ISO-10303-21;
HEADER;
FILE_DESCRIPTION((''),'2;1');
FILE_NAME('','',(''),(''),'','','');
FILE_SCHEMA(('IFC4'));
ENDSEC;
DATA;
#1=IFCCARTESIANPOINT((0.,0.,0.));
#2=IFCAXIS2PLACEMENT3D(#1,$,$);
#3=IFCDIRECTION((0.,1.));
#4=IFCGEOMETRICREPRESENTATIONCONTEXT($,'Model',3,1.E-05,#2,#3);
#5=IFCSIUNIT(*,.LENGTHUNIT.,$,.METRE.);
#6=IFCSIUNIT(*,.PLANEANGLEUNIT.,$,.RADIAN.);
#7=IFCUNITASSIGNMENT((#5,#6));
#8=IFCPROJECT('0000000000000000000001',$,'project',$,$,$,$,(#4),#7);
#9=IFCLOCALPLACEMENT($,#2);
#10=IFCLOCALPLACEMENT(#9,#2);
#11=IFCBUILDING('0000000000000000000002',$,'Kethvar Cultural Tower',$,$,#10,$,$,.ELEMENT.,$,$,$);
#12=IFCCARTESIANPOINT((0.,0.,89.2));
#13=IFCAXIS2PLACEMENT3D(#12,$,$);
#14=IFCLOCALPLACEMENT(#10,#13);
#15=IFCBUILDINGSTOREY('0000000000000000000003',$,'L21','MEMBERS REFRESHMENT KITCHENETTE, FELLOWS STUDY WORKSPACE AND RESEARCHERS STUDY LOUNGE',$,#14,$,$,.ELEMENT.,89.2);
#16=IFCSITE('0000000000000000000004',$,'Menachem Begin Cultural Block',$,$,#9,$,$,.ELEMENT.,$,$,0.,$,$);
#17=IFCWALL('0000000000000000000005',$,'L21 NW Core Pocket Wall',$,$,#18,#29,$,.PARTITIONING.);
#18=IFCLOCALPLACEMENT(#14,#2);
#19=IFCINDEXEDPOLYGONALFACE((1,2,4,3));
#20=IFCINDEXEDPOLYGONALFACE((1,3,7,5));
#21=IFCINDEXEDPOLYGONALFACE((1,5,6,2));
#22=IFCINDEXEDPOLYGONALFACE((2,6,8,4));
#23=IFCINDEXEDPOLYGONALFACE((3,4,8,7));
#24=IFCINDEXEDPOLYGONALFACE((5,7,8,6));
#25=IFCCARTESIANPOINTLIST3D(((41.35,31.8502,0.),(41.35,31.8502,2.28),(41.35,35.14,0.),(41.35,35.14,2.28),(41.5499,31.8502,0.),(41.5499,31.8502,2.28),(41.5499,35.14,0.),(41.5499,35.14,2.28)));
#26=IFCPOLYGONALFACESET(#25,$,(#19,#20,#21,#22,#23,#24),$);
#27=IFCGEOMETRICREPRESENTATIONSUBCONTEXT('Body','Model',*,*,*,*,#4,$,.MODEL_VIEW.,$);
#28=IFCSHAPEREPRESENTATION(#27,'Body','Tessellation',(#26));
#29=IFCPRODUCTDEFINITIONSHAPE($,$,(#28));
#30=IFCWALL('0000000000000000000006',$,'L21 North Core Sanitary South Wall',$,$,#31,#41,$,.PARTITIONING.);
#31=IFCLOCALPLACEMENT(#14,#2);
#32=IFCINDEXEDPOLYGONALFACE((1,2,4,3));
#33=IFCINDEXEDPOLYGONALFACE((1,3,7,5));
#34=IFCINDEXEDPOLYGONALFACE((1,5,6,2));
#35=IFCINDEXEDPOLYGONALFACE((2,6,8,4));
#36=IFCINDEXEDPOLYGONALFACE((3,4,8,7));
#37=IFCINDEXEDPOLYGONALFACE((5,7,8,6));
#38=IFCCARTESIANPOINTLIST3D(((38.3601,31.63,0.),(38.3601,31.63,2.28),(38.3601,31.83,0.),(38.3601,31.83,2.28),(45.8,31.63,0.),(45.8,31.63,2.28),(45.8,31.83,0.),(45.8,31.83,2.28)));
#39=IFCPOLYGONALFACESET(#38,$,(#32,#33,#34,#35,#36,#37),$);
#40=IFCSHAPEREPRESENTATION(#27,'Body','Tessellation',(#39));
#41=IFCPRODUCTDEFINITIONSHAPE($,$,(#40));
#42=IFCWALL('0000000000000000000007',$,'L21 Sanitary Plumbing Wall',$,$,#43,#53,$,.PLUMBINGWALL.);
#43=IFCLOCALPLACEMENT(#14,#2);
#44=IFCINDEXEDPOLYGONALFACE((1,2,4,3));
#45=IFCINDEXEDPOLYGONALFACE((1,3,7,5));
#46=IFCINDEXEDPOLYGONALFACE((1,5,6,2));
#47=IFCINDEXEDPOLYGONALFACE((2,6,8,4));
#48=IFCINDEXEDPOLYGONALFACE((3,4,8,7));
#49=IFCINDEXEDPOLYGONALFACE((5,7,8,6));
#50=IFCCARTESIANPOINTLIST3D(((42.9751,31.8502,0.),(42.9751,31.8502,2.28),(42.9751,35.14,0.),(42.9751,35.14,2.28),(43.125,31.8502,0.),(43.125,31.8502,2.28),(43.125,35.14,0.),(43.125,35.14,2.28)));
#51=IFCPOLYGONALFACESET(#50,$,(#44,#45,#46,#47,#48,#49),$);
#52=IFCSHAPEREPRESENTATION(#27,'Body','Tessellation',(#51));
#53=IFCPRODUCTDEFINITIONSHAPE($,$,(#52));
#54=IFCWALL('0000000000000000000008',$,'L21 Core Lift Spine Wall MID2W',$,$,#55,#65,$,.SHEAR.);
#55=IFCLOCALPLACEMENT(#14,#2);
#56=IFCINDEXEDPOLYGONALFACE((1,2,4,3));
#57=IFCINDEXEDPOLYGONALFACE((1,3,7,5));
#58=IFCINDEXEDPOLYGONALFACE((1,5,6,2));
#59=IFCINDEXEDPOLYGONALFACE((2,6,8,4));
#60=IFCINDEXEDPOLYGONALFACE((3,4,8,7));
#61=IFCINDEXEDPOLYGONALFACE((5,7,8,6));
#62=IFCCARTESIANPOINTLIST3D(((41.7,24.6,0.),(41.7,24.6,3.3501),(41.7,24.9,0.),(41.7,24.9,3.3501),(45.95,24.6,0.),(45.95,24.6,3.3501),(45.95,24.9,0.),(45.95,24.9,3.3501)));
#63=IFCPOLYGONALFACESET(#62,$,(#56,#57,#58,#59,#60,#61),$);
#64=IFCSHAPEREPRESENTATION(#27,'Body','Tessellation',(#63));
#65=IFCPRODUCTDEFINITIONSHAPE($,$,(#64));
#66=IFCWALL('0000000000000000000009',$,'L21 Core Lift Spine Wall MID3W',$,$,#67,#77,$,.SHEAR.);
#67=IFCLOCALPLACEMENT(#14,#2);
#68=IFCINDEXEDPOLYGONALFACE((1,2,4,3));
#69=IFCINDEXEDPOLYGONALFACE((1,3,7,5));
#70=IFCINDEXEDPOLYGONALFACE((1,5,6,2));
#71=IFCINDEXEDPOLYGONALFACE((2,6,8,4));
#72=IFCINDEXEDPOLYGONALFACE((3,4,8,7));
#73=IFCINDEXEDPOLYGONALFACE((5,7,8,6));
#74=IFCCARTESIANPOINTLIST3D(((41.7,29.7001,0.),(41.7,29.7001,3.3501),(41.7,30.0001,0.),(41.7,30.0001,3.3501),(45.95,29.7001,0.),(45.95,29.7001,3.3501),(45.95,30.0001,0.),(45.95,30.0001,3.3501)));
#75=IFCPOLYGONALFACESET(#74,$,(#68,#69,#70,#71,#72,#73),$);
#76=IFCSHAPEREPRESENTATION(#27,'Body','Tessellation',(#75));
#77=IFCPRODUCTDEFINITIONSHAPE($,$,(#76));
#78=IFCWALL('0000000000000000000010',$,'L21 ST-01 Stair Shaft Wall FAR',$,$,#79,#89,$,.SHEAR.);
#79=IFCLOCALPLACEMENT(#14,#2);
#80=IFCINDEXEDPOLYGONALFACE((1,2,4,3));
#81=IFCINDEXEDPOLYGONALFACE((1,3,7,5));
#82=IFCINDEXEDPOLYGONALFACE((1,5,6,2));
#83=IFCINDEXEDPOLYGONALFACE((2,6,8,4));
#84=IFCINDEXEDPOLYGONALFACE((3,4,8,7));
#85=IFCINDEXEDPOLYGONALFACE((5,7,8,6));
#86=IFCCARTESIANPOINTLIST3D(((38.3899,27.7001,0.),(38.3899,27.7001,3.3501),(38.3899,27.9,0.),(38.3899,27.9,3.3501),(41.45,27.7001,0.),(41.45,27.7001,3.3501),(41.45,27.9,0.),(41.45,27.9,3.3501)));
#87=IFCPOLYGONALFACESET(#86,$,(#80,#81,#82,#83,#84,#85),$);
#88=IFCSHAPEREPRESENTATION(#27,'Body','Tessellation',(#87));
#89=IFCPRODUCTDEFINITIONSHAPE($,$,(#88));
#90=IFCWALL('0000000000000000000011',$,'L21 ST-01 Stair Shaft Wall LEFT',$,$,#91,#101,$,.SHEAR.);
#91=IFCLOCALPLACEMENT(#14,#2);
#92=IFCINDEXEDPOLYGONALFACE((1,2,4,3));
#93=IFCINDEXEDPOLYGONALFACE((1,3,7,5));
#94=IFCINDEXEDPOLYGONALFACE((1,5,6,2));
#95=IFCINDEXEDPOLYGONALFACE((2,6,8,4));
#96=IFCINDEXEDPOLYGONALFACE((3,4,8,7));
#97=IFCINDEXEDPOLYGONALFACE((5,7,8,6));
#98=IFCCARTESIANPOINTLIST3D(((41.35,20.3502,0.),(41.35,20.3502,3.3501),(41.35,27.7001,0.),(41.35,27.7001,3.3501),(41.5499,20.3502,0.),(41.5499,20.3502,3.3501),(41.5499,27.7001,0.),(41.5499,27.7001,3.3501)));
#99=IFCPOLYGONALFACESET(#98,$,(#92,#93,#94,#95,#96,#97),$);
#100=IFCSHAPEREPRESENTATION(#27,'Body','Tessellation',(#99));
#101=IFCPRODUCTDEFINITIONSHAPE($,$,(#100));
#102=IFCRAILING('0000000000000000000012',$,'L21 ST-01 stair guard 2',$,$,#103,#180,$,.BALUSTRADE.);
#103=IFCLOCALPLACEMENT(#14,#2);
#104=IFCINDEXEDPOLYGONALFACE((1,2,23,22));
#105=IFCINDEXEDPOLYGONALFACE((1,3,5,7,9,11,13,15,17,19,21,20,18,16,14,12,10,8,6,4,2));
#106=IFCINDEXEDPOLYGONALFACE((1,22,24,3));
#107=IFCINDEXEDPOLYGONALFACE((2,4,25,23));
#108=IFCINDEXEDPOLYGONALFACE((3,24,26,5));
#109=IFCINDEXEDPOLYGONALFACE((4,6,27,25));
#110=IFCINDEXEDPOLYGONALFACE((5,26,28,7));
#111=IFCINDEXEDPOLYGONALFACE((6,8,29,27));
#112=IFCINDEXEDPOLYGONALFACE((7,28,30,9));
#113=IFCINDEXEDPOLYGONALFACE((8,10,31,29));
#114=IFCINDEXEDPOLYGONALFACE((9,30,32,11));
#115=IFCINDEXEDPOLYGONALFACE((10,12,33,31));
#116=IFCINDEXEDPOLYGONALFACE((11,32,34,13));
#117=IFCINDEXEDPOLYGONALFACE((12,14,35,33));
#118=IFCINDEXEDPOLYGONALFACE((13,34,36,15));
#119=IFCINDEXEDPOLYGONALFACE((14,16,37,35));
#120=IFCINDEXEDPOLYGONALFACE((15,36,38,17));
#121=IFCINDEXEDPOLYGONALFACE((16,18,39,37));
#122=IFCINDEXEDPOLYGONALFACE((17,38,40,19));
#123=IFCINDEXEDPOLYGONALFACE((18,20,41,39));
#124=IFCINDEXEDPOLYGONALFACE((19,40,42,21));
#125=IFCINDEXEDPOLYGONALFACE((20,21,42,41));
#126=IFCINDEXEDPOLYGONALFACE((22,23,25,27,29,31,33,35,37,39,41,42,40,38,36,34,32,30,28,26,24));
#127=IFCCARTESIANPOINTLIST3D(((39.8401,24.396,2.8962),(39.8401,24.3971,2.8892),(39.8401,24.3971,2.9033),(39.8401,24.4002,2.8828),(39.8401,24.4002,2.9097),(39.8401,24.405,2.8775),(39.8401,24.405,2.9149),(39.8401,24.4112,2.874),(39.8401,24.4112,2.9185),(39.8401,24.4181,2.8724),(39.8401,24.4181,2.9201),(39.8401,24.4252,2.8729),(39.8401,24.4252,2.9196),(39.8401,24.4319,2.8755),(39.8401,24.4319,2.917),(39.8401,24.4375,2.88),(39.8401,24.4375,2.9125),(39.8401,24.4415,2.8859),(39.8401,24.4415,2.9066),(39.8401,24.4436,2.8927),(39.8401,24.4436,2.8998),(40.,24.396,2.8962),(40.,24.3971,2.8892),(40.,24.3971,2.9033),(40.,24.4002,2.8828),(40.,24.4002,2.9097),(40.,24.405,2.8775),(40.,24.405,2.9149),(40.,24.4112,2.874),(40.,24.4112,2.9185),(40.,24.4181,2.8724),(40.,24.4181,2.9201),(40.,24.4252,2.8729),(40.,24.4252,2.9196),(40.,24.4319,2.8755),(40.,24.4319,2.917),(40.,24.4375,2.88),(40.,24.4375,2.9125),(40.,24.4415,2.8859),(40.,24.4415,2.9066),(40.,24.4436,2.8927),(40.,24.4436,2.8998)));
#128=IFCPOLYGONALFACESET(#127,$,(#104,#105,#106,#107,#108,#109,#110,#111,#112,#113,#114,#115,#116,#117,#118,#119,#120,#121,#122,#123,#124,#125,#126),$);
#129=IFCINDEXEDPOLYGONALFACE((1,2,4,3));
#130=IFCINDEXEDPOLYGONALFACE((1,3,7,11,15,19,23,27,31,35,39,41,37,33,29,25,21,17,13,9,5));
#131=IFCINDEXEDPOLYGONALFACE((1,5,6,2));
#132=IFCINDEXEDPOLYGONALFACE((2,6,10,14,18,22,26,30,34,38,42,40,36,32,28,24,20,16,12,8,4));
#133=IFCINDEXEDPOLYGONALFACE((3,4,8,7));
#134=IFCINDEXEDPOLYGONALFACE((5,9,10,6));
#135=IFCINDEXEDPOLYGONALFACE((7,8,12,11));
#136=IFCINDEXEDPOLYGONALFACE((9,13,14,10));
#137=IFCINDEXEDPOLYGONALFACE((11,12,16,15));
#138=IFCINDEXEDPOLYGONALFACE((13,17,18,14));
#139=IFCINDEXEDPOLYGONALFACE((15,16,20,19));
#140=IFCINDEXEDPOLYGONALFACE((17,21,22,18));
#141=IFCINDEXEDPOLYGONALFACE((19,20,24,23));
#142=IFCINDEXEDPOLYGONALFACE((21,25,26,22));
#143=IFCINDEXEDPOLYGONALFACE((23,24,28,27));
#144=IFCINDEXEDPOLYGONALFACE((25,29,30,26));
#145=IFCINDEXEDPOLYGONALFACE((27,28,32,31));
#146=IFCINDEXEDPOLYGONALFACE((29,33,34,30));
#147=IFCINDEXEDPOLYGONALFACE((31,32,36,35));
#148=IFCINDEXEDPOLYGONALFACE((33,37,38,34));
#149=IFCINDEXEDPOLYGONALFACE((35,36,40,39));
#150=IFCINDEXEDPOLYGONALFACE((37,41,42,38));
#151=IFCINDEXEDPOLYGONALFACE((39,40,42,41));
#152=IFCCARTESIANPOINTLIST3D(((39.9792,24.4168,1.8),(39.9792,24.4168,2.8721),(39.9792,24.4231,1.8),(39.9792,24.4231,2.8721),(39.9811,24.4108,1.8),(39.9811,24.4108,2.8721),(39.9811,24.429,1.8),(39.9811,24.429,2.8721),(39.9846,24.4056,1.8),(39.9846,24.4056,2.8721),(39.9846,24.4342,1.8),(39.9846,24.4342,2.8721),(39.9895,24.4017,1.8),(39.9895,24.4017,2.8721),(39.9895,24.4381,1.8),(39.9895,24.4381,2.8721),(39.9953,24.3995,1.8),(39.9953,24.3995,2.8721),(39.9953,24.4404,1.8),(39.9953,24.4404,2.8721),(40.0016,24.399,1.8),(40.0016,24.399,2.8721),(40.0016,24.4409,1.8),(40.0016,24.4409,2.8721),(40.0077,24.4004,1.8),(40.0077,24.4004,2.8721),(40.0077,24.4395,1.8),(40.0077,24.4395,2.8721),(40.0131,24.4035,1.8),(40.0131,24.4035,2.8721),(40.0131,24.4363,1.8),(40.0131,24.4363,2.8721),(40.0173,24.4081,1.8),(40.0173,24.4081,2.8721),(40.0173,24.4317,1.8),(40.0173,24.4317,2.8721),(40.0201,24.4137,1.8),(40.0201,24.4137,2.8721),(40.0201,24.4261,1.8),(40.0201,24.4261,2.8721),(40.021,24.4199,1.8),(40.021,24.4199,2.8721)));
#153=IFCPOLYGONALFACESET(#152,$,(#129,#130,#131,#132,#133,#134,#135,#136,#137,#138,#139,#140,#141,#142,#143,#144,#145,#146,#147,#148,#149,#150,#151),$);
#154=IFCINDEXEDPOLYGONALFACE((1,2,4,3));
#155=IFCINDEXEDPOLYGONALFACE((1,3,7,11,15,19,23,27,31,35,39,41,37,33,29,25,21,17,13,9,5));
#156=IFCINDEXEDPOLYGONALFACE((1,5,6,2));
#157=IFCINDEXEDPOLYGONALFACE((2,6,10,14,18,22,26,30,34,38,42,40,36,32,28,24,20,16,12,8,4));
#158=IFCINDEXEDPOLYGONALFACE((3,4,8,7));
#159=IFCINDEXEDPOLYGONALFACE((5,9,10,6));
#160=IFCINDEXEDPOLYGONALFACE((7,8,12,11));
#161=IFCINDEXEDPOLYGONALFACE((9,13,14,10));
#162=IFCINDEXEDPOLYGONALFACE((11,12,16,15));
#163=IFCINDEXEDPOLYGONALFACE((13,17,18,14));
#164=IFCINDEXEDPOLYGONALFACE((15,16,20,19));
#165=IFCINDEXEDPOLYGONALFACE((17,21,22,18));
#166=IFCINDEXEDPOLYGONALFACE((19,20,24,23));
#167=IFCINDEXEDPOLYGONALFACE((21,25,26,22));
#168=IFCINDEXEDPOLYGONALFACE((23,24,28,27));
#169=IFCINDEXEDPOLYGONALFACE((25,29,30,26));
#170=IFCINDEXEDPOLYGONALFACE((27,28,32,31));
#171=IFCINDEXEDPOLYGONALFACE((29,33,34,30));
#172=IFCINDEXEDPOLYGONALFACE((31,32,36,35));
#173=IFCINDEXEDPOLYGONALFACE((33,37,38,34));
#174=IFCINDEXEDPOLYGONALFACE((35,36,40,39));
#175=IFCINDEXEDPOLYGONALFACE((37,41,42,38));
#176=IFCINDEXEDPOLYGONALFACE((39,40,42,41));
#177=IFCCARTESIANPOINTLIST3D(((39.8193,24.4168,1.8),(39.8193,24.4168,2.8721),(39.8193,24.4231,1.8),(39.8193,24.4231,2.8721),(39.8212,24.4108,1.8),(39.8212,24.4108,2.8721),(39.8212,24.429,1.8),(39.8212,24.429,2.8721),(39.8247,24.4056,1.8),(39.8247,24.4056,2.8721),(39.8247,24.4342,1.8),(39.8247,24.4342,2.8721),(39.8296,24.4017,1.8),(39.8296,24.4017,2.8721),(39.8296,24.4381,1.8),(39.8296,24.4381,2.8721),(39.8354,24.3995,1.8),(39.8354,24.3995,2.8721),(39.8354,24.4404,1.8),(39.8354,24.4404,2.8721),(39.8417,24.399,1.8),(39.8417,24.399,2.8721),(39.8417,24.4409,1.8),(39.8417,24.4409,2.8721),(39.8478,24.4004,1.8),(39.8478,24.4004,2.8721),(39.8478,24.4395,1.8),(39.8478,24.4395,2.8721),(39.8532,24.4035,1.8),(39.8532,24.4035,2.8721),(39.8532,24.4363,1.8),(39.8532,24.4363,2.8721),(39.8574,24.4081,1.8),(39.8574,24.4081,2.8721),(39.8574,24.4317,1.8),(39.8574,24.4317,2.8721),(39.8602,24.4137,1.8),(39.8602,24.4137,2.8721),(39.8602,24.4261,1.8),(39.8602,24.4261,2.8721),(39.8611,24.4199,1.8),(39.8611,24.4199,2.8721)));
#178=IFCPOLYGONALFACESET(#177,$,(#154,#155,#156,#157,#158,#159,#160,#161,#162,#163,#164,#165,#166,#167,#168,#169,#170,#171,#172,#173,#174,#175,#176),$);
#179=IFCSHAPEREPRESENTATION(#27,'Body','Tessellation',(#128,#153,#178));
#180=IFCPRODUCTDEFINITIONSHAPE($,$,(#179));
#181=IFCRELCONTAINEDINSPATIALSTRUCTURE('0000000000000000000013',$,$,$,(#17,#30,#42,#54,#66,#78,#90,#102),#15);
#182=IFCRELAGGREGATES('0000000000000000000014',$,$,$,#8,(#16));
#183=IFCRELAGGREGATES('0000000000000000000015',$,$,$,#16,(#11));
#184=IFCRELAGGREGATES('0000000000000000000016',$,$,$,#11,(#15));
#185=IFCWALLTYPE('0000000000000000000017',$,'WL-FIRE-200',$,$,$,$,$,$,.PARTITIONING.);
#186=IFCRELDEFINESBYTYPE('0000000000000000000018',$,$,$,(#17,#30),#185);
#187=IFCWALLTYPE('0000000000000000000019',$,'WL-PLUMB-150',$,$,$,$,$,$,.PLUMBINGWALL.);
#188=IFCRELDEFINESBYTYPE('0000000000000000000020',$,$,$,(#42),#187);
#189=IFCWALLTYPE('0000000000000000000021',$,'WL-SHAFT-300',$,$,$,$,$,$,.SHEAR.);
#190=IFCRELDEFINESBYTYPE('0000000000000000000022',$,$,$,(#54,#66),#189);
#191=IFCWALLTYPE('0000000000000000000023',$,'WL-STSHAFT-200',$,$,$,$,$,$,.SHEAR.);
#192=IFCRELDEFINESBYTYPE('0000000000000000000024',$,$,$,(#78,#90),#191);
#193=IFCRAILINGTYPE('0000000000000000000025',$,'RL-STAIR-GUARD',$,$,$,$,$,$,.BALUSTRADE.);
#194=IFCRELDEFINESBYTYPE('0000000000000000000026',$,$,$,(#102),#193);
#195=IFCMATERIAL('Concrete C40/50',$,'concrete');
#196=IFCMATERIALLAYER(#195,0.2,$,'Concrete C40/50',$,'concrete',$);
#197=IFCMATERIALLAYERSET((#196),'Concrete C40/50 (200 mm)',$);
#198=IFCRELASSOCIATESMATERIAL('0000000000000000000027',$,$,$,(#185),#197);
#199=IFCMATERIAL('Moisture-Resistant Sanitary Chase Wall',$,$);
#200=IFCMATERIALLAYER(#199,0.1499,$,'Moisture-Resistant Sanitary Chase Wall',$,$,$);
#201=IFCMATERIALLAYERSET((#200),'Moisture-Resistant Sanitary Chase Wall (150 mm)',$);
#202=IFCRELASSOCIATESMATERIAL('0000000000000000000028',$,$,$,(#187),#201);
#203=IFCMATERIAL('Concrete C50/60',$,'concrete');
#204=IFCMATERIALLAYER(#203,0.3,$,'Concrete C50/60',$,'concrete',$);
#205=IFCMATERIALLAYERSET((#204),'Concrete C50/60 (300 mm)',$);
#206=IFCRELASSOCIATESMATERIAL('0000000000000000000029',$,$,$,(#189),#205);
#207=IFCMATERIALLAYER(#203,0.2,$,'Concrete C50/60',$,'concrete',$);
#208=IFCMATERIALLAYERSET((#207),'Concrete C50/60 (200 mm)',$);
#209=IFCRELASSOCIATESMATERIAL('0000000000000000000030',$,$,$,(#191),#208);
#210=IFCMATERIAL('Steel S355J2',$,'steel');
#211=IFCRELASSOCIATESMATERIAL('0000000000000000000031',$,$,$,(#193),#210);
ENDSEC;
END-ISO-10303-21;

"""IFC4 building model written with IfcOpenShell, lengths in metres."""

from ifc_helpers import new_model, si_unit, direction, frame, frame_2d, origin, origin_2d, place, context, subcontext, project, spatial, rectangle, circle, extrude, material, layer, layer_set, type_object, element, save


model = new_model("IFC4")

# Units and contexts
model_context = context("Model", 3, precision=1e-05, world=origin(), true_north=direction((0.0, 1.0)))
body_context = subcontext(model_context, "Body", "Model", "MODEL_VIEW")
ifc_project = project(units=[si_unit("LENGTHUNIT", "METRE"), si_unit("PLANEANGLEUNIT", "RADIAN")], contexts=[model_context])

# Site, building, storey
site_placement = place(None, origin())
site = spatial("IfcSite", under=ifc_project, at=site_placement, Name="Menachem Begin Cultural Block", CompositionType="ELEMENT", RefElevation=0.0)
building_placement = place(site_placement, origin())
building = spatial("IfcBuilding", under=site, at=building_placement, Name="Kethvar Cultural Tower", CompositionType="ELEMENT")
storey_placement = place(building_placement, frame((0.0, 0.0, 89.2)))
storey = spatial("IfcBuildingStorey", under=building, at=storey_placement, Name="L21", Description="MEMBERS REFRESHMENT KITCHENETTE, FELLOWS STUDY WORKSPACE AND RESEARCHERS STUDY LOUNGE", CompositionType="ELEMENT", Elevation=89.2)

# Shared definitions
ifc_material_1 = material(Name="Steel S355J2", Category="steel")

# Walls
ifc_material_2 = material(Name="Concrete C40/50", Category="concrete")
ifc_layer_1 = layer(ifc_material_2, 0.2, Name="Concrete C40/50", Category="concrete")
ifc_layer_set_1 = layer_set([ifc_layer_1], Name="Concrete C40/50 (200 mm)")
wall_type_1 = type_object("IfcWallType", Name="WL-FIRE-200", PredefinedType="PARTITIONING", material=ifc_layer_set_1)
wall_1_placement = place(storey_placement, frame((41.45, 31.8501, 0.0), z_axis=(0.0, 0.0, 1.0), x_axis=(0.0, 1.0, 0.0)))
element("IfcWall", 1, at=wall_1_placement, inside=storey, type_object=wall_type_1, Name="L21 NW Core Pocket Wall", PredefinedType="PARTITIONING", context=body_context, shape_type="SweptSolid", body=[
    extrude(rectangle(XDim=3.2898, YDim=0.2, at=frame_2d((1.645, 0.0))), origin(), (0.0, 0.0, 1.0), 2.28),
])
wall_2_placement = place(storey_placement, frame((38.3601, 31.73, 0.0), z_axis=(0.0, 0.0, 1.0), x_axis=(1.0, 0.0, 0.0)))
element("IfcWall", 2, at=wall_2_placement, inside=storey, type_object=wall_type_1, Name="L21 North Core Sanitary South Wall", PredefinedType="PARTITIONING", context=body_context, shape_type="SweptSolid", body=[
    extrude(rectangle(XDim=7.4399, YDim=0.2, at=frame_2d((3.72, 0.0))), origin(), (0.0, 0.0, 1.0), 2.28),
])
ifc_material_3 = material(Name="Moisture-Resistant Sanitary Chase Wall")
ifc_layer_2 = layer(ifc_material_3, 0.1499, Name="Moisture-Resistant Sanitary Chase Wall")
ifc_layer_set_2 = layer_set([ifc_layer_2], Name="Moisture-Resistant Sanitary Chase Wall (150 mm)")
wall_type_2 = type_object("IfcWallType", Name="WL-PLUMB-150", PredefinedType="PLUMBINGWALL", material=ifc_layer_set_2)
wall_3_placement = place(storey_placement, frame((43.05, 31.8501, 0.0), z_axis=(0.0, 0.0, 1.0), x_axis=(0.0, 1.0, 0.0)))
element("IfcWall", 3, at=wall_3_placement, inside=storey, type_object=wall_type_2, Name="L21 Sanitary Plumbing Wall", PredefinedType="PLUMBINGWALL", context=body_context, shape_type="SweptSolid", body=[
    extrude(rectangle(XDim=3.2898, YDim=0.1499, at=frame_2d((1.645, 0.0))), origin(), (0.0, 0.0, 1.0), 2.28),
])
ifc_material_4 = material(Name="Concrete C50/60", Category="concrete")
ifc_layer_3 = layer(ifc_material_4, 0.3, Name="Concrete C50/60", Category="concrete")
ifc_layer_set_3 = layer_set([ifc_layer_3], Name="Concrete C50/60 (300 mm)")
wall_type_3 = type_object("IfcWallType", Name="WL-SHAFT-300", PredefinedType="SHEAR", material=ifc_layer_set_3)
for number, where, z_axis, x_axis, name in (
    (4, (41.7, 24.75, 0.0), (0.0, 0.0, 1.0), (1.0, 0.0, 0.0), "L21 Core Lift Spine Wall MID2W"),
    (5, (41.7, 29.8501, 0.0), (0.0, 0.0, 1.0), (1.0, 0.0, 0.0), "L21 Core Lift Spine Wall MID3W"),
):
    element("IfcWall", number, at=place(storey_placement, frame(where, z_axis=z_axis, x_axis=x_axis)), inside=storey, type_object=wall_type_3, Name=name, PredefinedType="SHEAR", context=body_context, shape_type="SweptSolid", body=[
        extrude(rectangle(XDim=4.25, YDim=0.3, at=frame_2d((2.125, 0.0))), origin(), (0.0, 0.0, 1.0), 3.3501),
    ])
ifc_layer_4 = layer(ifc_material_4, 0.2, Name="Concrete C50/60", Category="concrete")
ifc_layer_set_4 = layer_set([ifc_layer_4], Name="Concrete C50/60 (200 mm)")
wall_type_4 = type_object("IfcWallType", Name="WL-STSHAFT-200", PredefinedType="SHEAR", material=ifc_layer_set_4)
wall_4_placement = place(storey_placement, frame((38.3899, 27.8, 0.0), z_axis=(0.0, 0.0, 1.0), x_axis=(1.0, 0.0, 0.0)))
element("IfcWall", 6, at=wall_4_placement, inside=storey, type_object=wall_type_4, Name="L21 ST-01 Stair Shaft Wall FAR", PredefinedType="SHEAR", context=body_context, shape_type="SweptSolid", body=[
    extrude(rectangle(XDim=3.0601, YDim=0.2, at=frame_2d((1.53, 0.0))), origin(), (0.0, 0.0, 1.0), 3.3501),
])
wall_5_placement = place(storey_placement, frame((41.45, 27.7, 0.0), z_axis=(0.0, 0.0, 1.0), x_axis=(0.0, -1.0, 0.0)))
element("IfcWall", 7, at=wall_5_placement, inside=storey, type_object=wall_type_4, Name="L21 ST-01 Stair Shaft Wall LEFT", PredefinedType="SHEAR", context=body_context, shape_type="SweptSolid", body=[
    extrude(rectangle(XDim=7.3499, YDim=0.2, at=frame_2d((3.6748, 0.0))), origin(), (0.0, 0.0, 1.0), 3.3501),
])

# Railing
railing_type = type_object("IfcRailingType", Name="RL-STAIR-GUARD", PredefinedType="BALUSTRADE", material=ifc_material_1)
railing_placement = place(storey_placement, frame((40.0, 24.4199, 1.8)))
element("IfcRailing", 8, at=railing_placement, inside=storey, type_object=railing_type, Name="L21 ST-01 stair guard 2", PredefinedType="BALUSTRADE", context=body_context, shape_type="SweptSolid", body=[
    extrude(circle(Radius=0.0239, at=origin_2d()), frame((0.0, 0.0, 1.0962), z_axis=(-1.0, 0.0, 0.0), x_axis=(0.0, -1.0, 0.0)), (0.0, 0.0, 1.0), 0.1599),
    extrude(circle(Radius=0.021, at=origin_2d()), origin(), (0.0, 0.0, 1.0), 1.072),
    extrude(circle(Radius=0.021, at=origin_2d()), frame((-0.1599, 0.0, 0.0)), (0.0, 0.0, 1.0), 1.072),
])

save(model, "model.ifc")
